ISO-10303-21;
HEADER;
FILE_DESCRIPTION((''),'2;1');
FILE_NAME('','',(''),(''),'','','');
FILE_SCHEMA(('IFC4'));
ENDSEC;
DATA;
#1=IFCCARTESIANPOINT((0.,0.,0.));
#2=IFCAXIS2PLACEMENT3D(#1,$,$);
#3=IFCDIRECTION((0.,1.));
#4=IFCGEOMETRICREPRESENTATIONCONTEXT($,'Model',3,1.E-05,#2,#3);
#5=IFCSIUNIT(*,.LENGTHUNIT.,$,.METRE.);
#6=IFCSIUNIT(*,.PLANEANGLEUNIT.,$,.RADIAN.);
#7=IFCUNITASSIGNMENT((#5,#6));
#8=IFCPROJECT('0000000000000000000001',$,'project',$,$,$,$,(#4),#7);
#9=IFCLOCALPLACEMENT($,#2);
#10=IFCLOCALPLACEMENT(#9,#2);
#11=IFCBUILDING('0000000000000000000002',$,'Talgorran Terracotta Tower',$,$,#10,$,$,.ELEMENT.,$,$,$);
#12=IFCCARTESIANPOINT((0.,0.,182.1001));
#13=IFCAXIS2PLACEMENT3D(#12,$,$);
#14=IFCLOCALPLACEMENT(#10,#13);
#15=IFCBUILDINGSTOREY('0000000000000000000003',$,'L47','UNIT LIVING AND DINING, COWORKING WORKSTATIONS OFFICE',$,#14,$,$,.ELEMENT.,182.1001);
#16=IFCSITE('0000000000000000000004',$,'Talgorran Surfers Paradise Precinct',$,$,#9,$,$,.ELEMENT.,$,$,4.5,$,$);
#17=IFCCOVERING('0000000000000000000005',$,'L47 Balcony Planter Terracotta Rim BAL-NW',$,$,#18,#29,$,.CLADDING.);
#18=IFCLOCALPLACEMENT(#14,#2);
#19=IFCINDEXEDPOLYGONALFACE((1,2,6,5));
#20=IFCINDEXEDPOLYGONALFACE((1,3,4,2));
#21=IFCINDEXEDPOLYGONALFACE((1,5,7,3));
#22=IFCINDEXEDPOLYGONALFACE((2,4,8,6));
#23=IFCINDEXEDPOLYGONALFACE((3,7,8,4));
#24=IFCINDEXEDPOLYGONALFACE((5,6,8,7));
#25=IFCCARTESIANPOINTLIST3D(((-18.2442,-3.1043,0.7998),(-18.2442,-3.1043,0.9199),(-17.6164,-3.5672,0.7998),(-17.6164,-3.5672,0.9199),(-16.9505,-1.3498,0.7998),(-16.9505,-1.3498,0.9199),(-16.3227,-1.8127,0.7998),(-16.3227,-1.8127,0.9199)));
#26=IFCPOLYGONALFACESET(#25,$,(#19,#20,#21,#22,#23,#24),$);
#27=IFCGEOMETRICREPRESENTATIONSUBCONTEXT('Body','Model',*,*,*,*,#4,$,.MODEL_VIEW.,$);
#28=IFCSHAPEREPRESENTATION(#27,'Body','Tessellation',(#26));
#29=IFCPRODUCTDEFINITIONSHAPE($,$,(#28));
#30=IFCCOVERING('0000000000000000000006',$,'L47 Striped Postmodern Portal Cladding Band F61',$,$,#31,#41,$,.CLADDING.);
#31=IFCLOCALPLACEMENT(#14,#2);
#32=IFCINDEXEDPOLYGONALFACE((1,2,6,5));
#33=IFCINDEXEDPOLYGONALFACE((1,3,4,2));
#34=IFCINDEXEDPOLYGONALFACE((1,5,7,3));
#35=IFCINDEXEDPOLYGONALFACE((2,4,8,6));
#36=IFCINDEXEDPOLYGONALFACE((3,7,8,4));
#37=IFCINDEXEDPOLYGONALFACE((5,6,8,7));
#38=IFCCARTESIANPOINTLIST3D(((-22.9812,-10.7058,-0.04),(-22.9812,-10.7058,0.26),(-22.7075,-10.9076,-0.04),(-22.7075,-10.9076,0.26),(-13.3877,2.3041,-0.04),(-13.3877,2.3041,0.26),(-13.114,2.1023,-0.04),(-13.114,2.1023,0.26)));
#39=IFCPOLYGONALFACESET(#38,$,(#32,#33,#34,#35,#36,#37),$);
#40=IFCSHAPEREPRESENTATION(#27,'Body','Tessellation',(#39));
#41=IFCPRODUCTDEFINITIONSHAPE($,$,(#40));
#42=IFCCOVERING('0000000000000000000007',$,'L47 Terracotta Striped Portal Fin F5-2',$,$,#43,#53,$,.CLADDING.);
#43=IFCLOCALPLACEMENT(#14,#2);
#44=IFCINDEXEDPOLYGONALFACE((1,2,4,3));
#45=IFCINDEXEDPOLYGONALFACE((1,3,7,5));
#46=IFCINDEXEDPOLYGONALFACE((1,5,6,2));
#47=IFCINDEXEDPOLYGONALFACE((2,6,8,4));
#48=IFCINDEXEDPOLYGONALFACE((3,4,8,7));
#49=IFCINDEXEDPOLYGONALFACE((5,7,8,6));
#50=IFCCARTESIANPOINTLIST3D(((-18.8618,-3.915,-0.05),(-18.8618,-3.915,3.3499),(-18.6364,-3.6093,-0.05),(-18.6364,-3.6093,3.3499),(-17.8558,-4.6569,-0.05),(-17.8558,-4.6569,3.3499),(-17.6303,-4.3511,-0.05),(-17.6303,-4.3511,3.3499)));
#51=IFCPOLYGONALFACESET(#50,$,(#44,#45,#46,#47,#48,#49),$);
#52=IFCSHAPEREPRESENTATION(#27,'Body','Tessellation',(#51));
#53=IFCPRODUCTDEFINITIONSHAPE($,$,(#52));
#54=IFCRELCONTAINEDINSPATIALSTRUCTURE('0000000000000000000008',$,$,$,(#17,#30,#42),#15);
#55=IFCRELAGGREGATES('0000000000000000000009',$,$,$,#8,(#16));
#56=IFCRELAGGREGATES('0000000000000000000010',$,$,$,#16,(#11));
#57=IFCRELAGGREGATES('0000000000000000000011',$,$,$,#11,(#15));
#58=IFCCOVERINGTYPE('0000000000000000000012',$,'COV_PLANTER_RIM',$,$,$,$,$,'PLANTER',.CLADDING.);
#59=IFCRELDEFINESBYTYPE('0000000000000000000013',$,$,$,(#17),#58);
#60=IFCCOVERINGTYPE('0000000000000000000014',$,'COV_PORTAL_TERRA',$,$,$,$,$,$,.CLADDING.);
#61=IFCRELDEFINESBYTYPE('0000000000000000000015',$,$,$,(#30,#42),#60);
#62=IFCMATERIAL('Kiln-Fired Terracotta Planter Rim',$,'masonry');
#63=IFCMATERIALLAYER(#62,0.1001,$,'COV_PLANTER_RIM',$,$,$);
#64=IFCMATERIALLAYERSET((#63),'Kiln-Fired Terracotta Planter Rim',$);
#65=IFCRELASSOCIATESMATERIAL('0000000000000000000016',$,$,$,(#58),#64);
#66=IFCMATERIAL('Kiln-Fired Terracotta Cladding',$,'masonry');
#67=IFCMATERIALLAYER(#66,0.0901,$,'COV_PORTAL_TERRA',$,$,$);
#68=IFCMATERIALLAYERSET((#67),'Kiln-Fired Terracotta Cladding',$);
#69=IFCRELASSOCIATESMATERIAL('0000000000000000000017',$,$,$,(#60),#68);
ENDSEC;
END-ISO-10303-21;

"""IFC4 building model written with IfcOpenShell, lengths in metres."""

from ifc_helpers import new_model, si_unit, direction, frame, origin, origin_2d, place, context, subcontext, project, spatial, rectangle, extrude, material, layer, layer_set, type_object, element, save


model = new_model("IFC4")

# Units and contexts
model_context = context("Model", 3, precision=1e-05, world=origin(), true_north=direction((0.0, 1.0)))
body_context = subcontext(model_context, "Body", "Model", "MODEL_VIEW")
ifc_project = project(units=[si_unit("LENGTHUNIT", "METRE"), si_unit("PLANEANGLEUNIT", "RADIAN")], contexts=[model_context])

# Site, building, storey
site_placement = place(None, origin())
site = spatial("IfcSite", under=ifc_project, at=site_placement, Name="Talgorran Surfers Paradise Precinct", CompositionType="ELEMENT", RefElevation=4.5)
building_placement = place(site_placement, origin())
building = spatial("IfcBuilding", under=site, at=building_placement, Name="Talgorran Terracotta Tower", CompositionType="ELEMENT")
storey_placement = place(building_placement, frame((0.0, 0.0, 182.1001)))
storey = spatial("IfcBuildingStorey", under=building, at=storey_placement, Name="L47", Description="UNIT LIVING AND DINING, COWORKING WORKSTATIONS OFFICE", CompositionType="ELEMENT", Elevation=182.1001)

# Coverings
ifc_material_1 = material(Name="Kiln-Fired Terracotta Planter Rim", Category="masonry")
ifc_layer_1 = layer(ifc_material_1, 0.1001, Name="COV_PLANTER_RIM")
ifc_layer_set_1 = layer_set([ifc_layer_1], Name="Kiln-Fired Terracotta Planter Rim")
covering_type_1 = type_object("IfcCoveringType", Name="COV_PLANTER_RIM", ElementType="PLANTER", PredefinedType="CLADDING", material=ifc_layer_set_1)
covering_1_placement = place(storey_placement, frame((-17.2834, -2.4585, 0.7998), z_axis=(0.0, 0.0, 1.0), x_axis=(-0.593489, -0.804842, 0.0)))
element("IfcCovering", 1, at=covering_1_placement, inside=storey, type_object=covering_type_1, Name="L47 Balcony Planter Terracotta Rim BAL-NW", PredefinedType="CLADDING", context=body_context, shape_type="SweptSolid", body=[
    extrude(rectangle(XDim=2.1799, YDim=0.78, at=origin_2d()), origin(), (0.0, 0.0, 1.0), 0.1201),
])
ifc_material_2 = material(Name="Kiln-Fired Terracotta Cladding", Category="masonry")
ifc_layer_2 = layer(ifc_material_2, 0.0901, Name="COV_PORTAL_TERRA")
ifc_layer_set_2 = layer_set([ifc_layer_2], Name="Kiln-Fired Terracotta Cladding")
covering_type_2 = type_object("IfcCoveringType", Name="COV_PORTAL_TERRA", PredefinedType="CLADDING", material=ifc_layer_set_2)
covering_2_placement = place(storey_placement, frame((-18.0476, -4.3018, -0.04), z_axis=(0.0, 0.0, 1.0), x_axis=(-0.593489, -0.804842, 0.0)))
element("IfcCovering", 2, at=covering_2_placement, inside=storey, type_object=covering_type_2, Name="L47 Striped Postmodern Portal Cladding Band F61", PredefinedType="CLADDING", context=body_context, shape_type="SweptSolid", body=[
    extrude(rectangle(XDim=16.1646, YDim=0.3401, at=origin_2d()), origin(), (0.0, 0.0, 1.0), 0.3),
])
covering_3_placement = place(storey_placement, frame((-18.2461, -4.1331, -0.05), z_axis=(0.0, 0.0, 1.0), x_axis=(-0.593489, -0.804842, 0.0)))
element("IfcCovering", 3, at=covering_3_placement, inside=storey, type_object=covering_type_2, Name="L47 Terracotta Striped Portal Fin F5-2", PredefinedType="CLADDING", context=body_context, shape_type="SweptSolid", body=[
    extrude(rectangle(XDim=0.3799, YDim=1.25, at=origin_2d()), origin(), (0.0, 0.0, 1.0), 3.3999),
])

save(model, "model.ifc")
